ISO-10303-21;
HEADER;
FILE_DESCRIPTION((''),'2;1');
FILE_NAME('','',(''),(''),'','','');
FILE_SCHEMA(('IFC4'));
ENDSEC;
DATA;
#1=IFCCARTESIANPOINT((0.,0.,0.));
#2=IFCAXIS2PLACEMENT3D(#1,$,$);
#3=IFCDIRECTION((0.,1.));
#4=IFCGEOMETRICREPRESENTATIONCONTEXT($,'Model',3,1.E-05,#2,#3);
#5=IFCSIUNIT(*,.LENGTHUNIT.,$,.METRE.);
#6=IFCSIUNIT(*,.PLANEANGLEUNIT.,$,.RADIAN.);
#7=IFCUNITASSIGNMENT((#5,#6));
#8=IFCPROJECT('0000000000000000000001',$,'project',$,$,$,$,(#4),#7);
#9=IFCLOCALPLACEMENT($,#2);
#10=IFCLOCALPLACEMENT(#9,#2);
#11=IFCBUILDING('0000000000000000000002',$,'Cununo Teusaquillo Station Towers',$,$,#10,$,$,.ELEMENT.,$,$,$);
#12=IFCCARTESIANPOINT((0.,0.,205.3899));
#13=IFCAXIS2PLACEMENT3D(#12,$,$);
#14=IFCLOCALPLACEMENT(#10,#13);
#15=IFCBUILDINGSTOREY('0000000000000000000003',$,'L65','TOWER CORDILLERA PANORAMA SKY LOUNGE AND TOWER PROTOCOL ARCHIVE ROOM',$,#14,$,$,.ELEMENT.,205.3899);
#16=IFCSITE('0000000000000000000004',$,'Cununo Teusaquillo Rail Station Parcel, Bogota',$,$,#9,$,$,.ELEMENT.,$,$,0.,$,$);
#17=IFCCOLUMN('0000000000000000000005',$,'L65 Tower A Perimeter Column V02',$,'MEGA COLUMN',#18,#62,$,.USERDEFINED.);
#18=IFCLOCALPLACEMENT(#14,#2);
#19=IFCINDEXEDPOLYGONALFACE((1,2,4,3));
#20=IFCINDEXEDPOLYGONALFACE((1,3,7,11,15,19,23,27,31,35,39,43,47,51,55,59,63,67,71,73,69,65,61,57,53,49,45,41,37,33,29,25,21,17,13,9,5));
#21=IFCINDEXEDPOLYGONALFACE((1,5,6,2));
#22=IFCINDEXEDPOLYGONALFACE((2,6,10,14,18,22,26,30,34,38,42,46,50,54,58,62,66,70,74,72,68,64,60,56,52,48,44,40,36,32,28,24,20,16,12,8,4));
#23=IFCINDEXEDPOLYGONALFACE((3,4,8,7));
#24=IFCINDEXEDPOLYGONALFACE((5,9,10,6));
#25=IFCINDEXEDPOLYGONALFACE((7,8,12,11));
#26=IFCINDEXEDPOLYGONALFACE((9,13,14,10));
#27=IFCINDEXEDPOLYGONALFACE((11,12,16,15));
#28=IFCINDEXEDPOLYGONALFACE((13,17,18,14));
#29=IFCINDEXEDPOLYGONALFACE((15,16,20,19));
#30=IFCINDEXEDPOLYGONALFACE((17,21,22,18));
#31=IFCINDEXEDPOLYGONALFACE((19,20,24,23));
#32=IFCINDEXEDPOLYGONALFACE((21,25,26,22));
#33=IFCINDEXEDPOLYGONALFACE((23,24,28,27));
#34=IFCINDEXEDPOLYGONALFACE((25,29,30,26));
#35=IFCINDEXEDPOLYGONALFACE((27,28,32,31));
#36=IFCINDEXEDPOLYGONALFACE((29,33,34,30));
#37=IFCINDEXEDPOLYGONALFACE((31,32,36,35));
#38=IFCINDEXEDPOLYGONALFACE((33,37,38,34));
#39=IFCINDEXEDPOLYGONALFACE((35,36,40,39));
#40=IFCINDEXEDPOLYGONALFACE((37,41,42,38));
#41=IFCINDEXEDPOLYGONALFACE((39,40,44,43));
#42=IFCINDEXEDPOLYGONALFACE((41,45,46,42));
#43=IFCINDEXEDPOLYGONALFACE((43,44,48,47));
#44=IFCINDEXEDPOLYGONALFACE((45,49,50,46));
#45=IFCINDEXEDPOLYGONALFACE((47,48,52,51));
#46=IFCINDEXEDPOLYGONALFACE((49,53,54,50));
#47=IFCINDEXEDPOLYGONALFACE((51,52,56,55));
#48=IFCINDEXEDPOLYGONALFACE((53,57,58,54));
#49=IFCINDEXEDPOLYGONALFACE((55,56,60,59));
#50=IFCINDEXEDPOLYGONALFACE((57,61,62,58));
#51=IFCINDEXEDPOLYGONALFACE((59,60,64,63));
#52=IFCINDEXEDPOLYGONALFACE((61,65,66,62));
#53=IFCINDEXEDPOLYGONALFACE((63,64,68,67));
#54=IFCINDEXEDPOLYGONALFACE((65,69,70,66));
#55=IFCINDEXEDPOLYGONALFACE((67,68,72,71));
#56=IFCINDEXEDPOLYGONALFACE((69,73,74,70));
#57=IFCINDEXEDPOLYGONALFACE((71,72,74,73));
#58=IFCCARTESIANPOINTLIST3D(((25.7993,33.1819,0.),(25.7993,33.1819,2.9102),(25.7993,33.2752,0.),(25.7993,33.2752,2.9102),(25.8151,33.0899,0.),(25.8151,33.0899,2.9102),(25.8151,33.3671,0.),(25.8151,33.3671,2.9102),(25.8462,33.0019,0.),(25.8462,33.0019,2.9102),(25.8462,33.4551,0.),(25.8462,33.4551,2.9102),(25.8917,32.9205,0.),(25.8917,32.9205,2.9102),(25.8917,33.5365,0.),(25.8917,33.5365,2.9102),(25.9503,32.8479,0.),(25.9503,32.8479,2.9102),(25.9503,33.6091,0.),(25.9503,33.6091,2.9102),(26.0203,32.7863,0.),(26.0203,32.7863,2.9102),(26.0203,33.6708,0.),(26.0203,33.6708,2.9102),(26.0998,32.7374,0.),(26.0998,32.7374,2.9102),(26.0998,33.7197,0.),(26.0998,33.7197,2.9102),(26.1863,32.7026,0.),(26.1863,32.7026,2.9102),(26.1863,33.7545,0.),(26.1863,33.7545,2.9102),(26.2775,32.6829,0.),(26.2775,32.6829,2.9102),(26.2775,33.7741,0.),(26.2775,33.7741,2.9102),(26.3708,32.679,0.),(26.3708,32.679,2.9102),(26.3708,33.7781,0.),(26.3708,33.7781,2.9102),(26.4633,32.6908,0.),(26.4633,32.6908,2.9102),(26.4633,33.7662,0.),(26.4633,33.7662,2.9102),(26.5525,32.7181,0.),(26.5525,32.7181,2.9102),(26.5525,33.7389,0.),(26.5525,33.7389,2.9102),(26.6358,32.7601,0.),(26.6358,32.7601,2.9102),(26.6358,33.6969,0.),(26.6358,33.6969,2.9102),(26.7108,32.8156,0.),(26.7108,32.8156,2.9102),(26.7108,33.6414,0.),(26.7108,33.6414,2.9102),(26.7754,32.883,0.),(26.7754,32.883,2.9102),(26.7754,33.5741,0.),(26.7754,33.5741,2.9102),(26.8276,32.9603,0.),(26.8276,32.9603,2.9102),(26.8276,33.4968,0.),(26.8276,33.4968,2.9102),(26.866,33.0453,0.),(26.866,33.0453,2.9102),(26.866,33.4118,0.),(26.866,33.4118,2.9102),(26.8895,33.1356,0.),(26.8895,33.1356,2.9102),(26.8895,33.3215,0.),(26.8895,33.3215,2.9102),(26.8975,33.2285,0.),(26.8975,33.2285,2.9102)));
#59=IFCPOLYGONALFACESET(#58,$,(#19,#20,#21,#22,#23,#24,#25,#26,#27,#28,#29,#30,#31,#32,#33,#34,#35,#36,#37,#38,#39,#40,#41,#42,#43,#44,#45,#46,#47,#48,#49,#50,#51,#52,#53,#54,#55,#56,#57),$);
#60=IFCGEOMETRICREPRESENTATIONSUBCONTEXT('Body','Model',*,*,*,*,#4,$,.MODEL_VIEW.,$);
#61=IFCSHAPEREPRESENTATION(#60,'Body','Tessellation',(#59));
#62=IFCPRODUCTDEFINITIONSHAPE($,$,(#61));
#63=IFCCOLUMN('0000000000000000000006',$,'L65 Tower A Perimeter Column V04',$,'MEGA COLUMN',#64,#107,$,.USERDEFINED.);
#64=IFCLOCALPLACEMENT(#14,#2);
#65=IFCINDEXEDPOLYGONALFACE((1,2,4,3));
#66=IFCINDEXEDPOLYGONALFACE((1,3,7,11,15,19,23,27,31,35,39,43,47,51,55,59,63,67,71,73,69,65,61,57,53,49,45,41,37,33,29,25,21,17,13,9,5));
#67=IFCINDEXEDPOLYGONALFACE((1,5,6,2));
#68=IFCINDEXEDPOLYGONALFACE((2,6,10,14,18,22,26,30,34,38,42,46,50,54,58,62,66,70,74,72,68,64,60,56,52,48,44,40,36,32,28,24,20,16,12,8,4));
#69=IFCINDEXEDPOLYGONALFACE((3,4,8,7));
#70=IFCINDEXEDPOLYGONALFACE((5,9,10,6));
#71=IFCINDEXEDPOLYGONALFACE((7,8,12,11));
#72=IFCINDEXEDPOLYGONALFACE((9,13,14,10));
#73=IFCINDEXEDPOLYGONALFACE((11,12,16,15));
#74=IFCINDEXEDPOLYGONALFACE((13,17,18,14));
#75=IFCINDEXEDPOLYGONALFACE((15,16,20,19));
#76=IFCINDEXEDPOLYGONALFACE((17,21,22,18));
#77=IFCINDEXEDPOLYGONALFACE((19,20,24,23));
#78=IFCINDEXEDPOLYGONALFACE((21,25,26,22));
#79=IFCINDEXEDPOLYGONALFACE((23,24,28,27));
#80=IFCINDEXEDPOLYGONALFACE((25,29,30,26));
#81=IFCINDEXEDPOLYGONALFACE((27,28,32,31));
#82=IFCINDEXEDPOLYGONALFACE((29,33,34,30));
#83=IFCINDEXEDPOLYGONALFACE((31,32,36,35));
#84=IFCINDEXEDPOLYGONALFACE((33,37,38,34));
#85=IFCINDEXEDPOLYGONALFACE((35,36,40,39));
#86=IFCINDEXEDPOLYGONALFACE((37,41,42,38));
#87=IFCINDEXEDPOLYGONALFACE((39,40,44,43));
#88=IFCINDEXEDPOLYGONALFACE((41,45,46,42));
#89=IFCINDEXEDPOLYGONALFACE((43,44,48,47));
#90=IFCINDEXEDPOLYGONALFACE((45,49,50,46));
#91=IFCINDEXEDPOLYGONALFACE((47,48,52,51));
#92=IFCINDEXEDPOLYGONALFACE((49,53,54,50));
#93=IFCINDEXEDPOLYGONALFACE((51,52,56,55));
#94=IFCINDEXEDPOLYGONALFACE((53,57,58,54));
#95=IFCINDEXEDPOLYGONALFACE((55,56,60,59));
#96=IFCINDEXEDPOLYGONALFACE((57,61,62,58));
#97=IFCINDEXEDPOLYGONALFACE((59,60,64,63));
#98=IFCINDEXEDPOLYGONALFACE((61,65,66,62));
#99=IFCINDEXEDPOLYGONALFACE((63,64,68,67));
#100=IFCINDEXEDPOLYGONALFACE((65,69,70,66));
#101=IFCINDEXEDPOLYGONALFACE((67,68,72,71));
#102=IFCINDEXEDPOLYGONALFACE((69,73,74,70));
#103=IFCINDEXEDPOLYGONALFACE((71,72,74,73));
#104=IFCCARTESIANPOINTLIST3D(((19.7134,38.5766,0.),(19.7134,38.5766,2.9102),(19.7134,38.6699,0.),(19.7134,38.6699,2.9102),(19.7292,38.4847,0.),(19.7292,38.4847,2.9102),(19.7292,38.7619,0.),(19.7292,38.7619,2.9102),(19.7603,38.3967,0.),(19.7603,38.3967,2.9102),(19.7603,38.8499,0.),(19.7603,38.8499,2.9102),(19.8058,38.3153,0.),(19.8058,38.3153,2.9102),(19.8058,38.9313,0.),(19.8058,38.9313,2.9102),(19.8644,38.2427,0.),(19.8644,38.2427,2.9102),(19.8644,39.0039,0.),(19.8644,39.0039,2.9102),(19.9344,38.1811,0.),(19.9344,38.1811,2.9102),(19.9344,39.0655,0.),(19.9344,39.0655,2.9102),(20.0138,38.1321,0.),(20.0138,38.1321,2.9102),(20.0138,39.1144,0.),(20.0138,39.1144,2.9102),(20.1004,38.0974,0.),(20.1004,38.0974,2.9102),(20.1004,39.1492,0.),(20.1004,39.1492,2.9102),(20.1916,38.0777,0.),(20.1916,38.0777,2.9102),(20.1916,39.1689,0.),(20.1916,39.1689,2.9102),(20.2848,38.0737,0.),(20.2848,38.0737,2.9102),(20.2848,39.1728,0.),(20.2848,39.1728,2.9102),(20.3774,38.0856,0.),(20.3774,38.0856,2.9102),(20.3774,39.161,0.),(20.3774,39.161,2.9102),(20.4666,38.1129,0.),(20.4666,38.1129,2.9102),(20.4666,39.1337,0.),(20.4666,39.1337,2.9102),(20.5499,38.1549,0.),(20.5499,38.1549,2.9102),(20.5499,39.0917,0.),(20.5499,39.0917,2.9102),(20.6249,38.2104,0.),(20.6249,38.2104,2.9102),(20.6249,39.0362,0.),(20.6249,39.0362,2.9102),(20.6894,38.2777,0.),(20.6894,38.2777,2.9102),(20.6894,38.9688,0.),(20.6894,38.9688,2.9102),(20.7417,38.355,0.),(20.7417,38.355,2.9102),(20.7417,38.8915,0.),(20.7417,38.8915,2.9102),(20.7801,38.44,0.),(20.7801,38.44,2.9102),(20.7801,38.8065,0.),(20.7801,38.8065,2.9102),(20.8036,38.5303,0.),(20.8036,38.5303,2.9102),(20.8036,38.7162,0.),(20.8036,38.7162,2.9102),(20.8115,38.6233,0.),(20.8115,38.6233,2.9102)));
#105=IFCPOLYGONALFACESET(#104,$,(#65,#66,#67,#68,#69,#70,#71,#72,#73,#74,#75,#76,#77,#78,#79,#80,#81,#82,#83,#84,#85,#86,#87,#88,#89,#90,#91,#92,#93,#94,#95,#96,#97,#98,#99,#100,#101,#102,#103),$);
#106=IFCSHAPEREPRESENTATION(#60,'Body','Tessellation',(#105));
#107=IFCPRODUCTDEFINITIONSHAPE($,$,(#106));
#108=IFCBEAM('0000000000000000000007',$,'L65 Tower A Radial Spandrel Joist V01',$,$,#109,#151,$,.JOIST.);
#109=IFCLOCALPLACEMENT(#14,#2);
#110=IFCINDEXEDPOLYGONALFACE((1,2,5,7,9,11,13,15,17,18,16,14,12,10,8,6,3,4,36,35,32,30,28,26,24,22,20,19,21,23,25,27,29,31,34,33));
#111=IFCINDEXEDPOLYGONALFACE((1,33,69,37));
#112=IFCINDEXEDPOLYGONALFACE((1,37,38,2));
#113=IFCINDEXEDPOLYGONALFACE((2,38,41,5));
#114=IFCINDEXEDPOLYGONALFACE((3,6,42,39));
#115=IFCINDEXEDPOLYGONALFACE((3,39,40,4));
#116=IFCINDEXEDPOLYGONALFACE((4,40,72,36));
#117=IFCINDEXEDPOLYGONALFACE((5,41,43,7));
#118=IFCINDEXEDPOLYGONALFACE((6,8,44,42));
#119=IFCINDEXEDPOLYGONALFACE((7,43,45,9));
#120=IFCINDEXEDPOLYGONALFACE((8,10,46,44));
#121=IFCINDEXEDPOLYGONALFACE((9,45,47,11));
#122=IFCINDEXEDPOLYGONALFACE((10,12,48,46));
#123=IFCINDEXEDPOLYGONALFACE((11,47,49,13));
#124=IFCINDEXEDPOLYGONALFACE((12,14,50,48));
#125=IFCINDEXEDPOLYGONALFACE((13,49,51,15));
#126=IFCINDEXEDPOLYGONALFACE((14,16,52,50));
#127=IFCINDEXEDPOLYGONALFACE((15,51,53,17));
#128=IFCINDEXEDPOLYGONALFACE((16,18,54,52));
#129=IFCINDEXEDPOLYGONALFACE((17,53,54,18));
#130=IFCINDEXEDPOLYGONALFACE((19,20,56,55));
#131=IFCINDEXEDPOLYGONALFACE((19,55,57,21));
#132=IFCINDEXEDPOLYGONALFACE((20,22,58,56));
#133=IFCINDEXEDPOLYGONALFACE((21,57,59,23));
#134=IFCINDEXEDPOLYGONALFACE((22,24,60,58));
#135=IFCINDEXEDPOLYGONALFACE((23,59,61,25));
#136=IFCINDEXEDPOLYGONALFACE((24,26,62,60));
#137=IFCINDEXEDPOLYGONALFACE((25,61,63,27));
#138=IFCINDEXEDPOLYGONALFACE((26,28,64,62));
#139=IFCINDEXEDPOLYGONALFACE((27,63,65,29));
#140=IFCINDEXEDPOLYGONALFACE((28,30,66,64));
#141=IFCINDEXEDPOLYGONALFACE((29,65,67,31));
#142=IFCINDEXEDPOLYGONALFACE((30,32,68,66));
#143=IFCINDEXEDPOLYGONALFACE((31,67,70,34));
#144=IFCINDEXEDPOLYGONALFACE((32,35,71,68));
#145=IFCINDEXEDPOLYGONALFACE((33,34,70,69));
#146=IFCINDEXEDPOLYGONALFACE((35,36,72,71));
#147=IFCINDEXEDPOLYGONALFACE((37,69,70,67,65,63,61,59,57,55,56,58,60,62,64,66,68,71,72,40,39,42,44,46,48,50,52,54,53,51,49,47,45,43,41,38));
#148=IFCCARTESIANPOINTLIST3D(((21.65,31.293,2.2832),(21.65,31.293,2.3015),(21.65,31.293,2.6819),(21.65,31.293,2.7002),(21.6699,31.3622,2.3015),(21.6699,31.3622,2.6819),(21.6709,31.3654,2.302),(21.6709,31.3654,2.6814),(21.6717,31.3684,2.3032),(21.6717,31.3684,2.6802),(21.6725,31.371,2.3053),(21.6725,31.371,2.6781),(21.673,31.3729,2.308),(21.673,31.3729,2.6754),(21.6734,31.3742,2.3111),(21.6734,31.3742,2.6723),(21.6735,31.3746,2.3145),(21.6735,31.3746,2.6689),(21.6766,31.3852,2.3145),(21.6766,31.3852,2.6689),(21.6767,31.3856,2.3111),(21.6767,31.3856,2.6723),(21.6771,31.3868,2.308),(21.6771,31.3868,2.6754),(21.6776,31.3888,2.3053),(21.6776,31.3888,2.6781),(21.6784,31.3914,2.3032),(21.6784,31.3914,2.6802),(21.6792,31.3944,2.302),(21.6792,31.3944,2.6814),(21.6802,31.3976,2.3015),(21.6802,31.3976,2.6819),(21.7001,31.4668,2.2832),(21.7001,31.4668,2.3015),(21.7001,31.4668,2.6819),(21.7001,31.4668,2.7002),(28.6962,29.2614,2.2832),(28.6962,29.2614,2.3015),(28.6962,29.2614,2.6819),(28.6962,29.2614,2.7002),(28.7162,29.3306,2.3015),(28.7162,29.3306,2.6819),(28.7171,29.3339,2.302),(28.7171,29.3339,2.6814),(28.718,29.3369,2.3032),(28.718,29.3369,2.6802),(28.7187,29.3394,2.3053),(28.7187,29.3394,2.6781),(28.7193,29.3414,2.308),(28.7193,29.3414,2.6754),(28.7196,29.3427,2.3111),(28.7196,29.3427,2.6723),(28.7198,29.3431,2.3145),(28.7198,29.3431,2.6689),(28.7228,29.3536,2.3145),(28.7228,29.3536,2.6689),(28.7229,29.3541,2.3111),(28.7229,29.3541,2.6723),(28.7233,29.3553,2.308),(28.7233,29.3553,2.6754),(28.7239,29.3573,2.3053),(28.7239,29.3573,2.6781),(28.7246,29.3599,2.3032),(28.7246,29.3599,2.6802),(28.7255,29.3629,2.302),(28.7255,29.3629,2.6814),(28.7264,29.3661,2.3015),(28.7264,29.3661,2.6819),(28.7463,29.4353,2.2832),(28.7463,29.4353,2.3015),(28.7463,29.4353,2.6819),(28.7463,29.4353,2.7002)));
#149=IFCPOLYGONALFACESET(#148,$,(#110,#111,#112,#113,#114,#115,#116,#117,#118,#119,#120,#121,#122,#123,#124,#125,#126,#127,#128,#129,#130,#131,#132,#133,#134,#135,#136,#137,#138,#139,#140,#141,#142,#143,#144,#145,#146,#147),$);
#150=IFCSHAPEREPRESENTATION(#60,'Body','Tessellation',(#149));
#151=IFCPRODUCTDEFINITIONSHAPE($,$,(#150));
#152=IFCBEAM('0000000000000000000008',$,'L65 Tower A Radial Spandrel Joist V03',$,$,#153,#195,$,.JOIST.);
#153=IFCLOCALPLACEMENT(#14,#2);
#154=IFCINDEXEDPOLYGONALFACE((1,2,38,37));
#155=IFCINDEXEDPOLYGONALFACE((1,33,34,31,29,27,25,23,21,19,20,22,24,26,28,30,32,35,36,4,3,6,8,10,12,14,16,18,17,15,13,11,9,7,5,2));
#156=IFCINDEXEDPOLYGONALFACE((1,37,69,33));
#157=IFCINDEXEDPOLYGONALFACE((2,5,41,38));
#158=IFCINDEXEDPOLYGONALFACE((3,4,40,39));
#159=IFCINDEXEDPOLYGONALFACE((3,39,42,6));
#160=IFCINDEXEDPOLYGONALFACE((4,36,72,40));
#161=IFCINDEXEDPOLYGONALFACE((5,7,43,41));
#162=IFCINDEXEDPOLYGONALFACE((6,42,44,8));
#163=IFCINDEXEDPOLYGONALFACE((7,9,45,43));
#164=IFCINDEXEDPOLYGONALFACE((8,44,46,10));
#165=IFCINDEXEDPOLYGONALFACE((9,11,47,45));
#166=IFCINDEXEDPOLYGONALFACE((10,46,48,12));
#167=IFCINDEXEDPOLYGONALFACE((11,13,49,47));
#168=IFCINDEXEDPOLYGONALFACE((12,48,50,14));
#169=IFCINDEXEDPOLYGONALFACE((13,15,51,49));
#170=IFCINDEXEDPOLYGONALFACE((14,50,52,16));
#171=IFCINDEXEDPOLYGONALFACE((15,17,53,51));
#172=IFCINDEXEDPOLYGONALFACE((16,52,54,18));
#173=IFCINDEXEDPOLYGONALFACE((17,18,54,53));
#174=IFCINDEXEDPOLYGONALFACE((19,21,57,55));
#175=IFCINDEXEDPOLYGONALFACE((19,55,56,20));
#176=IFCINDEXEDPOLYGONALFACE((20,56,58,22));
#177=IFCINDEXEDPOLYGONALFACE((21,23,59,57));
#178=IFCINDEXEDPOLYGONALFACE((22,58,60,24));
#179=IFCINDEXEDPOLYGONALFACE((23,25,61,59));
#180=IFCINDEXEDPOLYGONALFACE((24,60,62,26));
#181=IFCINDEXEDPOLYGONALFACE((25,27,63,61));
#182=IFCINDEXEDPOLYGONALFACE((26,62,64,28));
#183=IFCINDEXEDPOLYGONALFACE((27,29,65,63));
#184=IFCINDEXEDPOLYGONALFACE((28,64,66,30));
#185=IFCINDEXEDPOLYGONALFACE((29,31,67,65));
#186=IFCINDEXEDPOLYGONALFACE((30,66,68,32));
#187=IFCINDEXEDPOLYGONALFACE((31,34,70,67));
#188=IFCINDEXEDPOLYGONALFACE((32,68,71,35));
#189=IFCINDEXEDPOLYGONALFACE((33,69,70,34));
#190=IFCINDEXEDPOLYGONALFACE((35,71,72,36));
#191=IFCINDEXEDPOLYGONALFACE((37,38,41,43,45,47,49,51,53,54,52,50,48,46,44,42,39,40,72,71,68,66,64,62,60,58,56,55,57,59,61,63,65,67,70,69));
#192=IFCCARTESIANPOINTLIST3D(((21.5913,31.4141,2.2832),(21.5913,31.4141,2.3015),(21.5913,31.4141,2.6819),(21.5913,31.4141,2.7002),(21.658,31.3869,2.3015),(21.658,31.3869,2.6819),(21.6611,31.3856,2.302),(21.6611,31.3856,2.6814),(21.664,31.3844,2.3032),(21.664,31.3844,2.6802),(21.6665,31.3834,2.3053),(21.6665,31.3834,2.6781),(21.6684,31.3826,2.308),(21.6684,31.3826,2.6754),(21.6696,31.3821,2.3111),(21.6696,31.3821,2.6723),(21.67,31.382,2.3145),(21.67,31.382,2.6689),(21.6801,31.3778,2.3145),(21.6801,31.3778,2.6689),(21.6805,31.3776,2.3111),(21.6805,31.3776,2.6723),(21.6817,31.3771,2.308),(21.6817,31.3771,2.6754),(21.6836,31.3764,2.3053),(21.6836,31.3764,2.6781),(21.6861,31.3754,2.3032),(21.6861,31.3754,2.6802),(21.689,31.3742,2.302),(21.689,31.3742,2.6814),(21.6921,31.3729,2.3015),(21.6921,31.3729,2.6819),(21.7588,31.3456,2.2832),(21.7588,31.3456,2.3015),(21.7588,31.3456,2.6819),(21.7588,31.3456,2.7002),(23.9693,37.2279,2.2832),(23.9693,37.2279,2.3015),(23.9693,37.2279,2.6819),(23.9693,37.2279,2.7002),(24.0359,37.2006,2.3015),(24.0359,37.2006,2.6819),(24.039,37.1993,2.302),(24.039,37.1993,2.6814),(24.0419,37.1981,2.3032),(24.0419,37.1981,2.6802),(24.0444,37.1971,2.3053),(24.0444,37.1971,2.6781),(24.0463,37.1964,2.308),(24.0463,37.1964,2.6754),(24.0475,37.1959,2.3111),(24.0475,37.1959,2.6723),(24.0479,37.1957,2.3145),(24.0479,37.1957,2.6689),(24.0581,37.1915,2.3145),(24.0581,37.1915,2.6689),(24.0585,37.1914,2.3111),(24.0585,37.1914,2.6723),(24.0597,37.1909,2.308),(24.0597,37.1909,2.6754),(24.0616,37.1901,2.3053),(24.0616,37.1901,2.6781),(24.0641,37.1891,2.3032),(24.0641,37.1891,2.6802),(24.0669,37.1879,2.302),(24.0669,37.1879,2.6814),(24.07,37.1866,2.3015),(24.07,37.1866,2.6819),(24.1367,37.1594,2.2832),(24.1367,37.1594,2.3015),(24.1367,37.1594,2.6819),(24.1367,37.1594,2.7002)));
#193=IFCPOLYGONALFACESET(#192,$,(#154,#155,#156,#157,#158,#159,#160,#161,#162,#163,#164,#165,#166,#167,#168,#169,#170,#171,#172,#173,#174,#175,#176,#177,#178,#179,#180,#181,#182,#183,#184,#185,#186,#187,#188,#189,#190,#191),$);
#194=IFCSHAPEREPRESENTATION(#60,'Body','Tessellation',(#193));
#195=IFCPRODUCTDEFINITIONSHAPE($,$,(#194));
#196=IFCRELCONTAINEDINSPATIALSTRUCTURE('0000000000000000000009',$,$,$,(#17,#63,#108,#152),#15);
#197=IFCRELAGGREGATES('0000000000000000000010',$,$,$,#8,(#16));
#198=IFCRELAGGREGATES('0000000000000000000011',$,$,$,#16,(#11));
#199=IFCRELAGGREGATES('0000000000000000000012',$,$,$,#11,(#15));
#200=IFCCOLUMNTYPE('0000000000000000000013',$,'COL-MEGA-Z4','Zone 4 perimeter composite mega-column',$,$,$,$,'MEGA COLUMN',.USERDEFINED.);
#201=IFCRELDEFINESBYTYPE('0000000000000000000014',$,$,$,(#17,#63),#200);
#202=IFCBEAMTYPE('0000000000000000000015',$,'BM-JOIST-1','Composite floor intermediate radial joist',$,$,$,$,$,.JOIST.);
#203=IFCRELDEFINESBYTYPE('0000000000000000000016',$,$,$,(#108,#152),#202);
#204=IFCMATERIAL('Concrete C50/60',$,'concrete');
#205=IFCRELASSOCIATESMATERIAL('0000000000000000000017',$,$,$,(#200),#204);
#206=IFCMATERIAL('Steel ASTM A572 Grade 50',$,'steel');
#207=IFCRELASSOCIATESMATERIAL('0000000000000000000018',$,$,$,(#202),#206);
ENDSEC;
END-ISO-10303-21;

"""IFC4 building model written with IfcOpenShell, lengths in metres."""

from ifc_helpers import new_model, si_unit, direction, frame, origin, origin_2d, place, context, subcontext, project, spatial, circle, i_section, extrude, material, material_profile, profile_set, type_object, element, save


model = new_model("IFC4")

# Units and contexts
model_context = context("Model", 3, precision=1e-05, world=origin(), true_north=direction((0.0, 1.0)))
body_context = subcontext(model_context, "Body", "Model", "MODEL_VIEW")
ifc_project = project(units=[si_unit("LENGTHUNIT", "METRE"), si_unit("PLANEANGLEUNIT", "RADIAN")], contexts=[model_context])

# Site, building, storey
site_placement = place(None, origin())
site = spatial("IfcSite", under=ifc_project, at=site_placement, Name="Cununo Teusaquillo Rail Station Parcel, Bogota", CompositionType="ELEMENT", RefElevation=0.0)
building_placement = place(site_placement, origin())
building = spatial("IfcBuilding", under=site, at=building_placement, Name="Cununo Teusaquillo Station Towers", CompositionType="ELEMENT")
storey_placement = place(building_placement, frame((0.0, 0.0, 205.3899)))
storey = spatial("IfcBuildingStorey", under=building, at=storey_placement, Name="L65", Description="TOWER CORDILLERA PANORAMA SKY LOUNGE AND TOWER PROTOCOL ARCHIVE ROOM", CompositionType="ELEMENT", Elevation=205.3899)

# Columns
ifc_material_1 = material(Name="Concrete C50/60", Category="concrete")
ifc_material_profile_1 = material_profile(ifc_material_1, circle(Radius=0.55, at=origin_2d()), Name="RC-CIRC-1100")
ifc_profile_set_1 = profile_set([ifc_material_profile_1], Name="Concrete C50/60")
column_type = type_object("IfcColumnType", Name="COL-MEGA-Z4", Description="Zone 4 perimeter composite mega-column", ElementType="MEGA COLUMN", PredefinedType="USERDEFINED", material=ifc_profile_set_1)
for number, where, z_axis, x_axis, name in (
    (1, (26.3474, 33.2285, 0.0), (0.0, 0.0, 1.0), (1.0, 0.0, 0.0), "L65 Tower A Perimeter Column V02"),
    (2, (20.2615, 38.6233, 0.0), (0.0, 0.0, 1.0), (1.0, 0.0, 0.0), "L65 Tower A Perimeter Column V04"),
):
    element("IfcColumn", number, at=place(storey_placement, frame(where, z_axis=z_axis, x_axis=x_axis)), inside=storey, type_object=column_type, Name=name, ObjectType="MEGA COLUMN", PredefinedType="USERDEFINED", context=body_context, shape_type="SweptSolid", body=[
        extrude(circle(Radius=0.55, at=origin_2d()), origin(), (0.0, 0.0, 1.0), 2.9102),
    ])

# Beams
ifc_material_2 = material(Name="Steel ASTM A572 Grade 50", Category="steel")
ifc_material_profile_2 = material_profile(ifc_material_2, i_section(OverallWidth=0.1809, OverallDepth=0.417, WebThickness=0.011, FlangeThickness=0.0183, FilletRadius=0.0129, at=origin_2d()), Name="W16X57")
ifc_profile_set_2 = profile_set([ifc_material_profile_2], Name="Steel ASTM A572 Grade 50")
beam_type_1 = type_object("IfcBeamType", Name="BM-JOIST-1", Description="Composite floor intermediate radial joist", PredefinedType="JOIST", material=ifc_profile_set_2)
beam_1_placement = place(storey_placement, frame((21.675, 31.3799, 2.4917), z_axis=(0.960862, -0.277029, 0.0), x_axis=(0.277029, 0.960862, 0.0)))
element("IfcBeam", 3, at=beam_1_placement, inside=storey, type_object=beam_type_1, Name="L65 Tower A Radial Spandrel Joist V01", PredefinedType="JOIST", context=body_context, shape_type="SweptSolid", body=[
    extrude(i_section(OverallWidth=0.1809, OverallDepth=0.417, WebThickness=0.011, FlangeThickness=0.0183, FilletRadius=0.0129, at=origin_2d()), origin(), (0.0, 0.0, 1.0), 7.3333),
])
beam_2_placement = place(storey_placement, frame((21.675, 31.3799, 2.4917), z_axis=(0.378577, 0.92557, 0.0), x_axis=(-0.92557, 0.378577, 0.0)))
element("IfcBeam", 4, at=beam_2_placement, inside=storey, type_object=beam_type_1, Name="L65 Tower A Radial Spandrel Joist V03", PredefinedType="JOIST", context=body_context, shape_type="SweptSolid", body=[
    extrude(i_section(OverallWidth=0.1809, OverallDepth=0.417, WebThickness=0.011, FlangeThickness=0.0183, FilletRadius=0.0129, at=origin_2d()), origin(), (0.0, 0.0, 1.0), 6.2812),
])

save(model, "model.ifc")
